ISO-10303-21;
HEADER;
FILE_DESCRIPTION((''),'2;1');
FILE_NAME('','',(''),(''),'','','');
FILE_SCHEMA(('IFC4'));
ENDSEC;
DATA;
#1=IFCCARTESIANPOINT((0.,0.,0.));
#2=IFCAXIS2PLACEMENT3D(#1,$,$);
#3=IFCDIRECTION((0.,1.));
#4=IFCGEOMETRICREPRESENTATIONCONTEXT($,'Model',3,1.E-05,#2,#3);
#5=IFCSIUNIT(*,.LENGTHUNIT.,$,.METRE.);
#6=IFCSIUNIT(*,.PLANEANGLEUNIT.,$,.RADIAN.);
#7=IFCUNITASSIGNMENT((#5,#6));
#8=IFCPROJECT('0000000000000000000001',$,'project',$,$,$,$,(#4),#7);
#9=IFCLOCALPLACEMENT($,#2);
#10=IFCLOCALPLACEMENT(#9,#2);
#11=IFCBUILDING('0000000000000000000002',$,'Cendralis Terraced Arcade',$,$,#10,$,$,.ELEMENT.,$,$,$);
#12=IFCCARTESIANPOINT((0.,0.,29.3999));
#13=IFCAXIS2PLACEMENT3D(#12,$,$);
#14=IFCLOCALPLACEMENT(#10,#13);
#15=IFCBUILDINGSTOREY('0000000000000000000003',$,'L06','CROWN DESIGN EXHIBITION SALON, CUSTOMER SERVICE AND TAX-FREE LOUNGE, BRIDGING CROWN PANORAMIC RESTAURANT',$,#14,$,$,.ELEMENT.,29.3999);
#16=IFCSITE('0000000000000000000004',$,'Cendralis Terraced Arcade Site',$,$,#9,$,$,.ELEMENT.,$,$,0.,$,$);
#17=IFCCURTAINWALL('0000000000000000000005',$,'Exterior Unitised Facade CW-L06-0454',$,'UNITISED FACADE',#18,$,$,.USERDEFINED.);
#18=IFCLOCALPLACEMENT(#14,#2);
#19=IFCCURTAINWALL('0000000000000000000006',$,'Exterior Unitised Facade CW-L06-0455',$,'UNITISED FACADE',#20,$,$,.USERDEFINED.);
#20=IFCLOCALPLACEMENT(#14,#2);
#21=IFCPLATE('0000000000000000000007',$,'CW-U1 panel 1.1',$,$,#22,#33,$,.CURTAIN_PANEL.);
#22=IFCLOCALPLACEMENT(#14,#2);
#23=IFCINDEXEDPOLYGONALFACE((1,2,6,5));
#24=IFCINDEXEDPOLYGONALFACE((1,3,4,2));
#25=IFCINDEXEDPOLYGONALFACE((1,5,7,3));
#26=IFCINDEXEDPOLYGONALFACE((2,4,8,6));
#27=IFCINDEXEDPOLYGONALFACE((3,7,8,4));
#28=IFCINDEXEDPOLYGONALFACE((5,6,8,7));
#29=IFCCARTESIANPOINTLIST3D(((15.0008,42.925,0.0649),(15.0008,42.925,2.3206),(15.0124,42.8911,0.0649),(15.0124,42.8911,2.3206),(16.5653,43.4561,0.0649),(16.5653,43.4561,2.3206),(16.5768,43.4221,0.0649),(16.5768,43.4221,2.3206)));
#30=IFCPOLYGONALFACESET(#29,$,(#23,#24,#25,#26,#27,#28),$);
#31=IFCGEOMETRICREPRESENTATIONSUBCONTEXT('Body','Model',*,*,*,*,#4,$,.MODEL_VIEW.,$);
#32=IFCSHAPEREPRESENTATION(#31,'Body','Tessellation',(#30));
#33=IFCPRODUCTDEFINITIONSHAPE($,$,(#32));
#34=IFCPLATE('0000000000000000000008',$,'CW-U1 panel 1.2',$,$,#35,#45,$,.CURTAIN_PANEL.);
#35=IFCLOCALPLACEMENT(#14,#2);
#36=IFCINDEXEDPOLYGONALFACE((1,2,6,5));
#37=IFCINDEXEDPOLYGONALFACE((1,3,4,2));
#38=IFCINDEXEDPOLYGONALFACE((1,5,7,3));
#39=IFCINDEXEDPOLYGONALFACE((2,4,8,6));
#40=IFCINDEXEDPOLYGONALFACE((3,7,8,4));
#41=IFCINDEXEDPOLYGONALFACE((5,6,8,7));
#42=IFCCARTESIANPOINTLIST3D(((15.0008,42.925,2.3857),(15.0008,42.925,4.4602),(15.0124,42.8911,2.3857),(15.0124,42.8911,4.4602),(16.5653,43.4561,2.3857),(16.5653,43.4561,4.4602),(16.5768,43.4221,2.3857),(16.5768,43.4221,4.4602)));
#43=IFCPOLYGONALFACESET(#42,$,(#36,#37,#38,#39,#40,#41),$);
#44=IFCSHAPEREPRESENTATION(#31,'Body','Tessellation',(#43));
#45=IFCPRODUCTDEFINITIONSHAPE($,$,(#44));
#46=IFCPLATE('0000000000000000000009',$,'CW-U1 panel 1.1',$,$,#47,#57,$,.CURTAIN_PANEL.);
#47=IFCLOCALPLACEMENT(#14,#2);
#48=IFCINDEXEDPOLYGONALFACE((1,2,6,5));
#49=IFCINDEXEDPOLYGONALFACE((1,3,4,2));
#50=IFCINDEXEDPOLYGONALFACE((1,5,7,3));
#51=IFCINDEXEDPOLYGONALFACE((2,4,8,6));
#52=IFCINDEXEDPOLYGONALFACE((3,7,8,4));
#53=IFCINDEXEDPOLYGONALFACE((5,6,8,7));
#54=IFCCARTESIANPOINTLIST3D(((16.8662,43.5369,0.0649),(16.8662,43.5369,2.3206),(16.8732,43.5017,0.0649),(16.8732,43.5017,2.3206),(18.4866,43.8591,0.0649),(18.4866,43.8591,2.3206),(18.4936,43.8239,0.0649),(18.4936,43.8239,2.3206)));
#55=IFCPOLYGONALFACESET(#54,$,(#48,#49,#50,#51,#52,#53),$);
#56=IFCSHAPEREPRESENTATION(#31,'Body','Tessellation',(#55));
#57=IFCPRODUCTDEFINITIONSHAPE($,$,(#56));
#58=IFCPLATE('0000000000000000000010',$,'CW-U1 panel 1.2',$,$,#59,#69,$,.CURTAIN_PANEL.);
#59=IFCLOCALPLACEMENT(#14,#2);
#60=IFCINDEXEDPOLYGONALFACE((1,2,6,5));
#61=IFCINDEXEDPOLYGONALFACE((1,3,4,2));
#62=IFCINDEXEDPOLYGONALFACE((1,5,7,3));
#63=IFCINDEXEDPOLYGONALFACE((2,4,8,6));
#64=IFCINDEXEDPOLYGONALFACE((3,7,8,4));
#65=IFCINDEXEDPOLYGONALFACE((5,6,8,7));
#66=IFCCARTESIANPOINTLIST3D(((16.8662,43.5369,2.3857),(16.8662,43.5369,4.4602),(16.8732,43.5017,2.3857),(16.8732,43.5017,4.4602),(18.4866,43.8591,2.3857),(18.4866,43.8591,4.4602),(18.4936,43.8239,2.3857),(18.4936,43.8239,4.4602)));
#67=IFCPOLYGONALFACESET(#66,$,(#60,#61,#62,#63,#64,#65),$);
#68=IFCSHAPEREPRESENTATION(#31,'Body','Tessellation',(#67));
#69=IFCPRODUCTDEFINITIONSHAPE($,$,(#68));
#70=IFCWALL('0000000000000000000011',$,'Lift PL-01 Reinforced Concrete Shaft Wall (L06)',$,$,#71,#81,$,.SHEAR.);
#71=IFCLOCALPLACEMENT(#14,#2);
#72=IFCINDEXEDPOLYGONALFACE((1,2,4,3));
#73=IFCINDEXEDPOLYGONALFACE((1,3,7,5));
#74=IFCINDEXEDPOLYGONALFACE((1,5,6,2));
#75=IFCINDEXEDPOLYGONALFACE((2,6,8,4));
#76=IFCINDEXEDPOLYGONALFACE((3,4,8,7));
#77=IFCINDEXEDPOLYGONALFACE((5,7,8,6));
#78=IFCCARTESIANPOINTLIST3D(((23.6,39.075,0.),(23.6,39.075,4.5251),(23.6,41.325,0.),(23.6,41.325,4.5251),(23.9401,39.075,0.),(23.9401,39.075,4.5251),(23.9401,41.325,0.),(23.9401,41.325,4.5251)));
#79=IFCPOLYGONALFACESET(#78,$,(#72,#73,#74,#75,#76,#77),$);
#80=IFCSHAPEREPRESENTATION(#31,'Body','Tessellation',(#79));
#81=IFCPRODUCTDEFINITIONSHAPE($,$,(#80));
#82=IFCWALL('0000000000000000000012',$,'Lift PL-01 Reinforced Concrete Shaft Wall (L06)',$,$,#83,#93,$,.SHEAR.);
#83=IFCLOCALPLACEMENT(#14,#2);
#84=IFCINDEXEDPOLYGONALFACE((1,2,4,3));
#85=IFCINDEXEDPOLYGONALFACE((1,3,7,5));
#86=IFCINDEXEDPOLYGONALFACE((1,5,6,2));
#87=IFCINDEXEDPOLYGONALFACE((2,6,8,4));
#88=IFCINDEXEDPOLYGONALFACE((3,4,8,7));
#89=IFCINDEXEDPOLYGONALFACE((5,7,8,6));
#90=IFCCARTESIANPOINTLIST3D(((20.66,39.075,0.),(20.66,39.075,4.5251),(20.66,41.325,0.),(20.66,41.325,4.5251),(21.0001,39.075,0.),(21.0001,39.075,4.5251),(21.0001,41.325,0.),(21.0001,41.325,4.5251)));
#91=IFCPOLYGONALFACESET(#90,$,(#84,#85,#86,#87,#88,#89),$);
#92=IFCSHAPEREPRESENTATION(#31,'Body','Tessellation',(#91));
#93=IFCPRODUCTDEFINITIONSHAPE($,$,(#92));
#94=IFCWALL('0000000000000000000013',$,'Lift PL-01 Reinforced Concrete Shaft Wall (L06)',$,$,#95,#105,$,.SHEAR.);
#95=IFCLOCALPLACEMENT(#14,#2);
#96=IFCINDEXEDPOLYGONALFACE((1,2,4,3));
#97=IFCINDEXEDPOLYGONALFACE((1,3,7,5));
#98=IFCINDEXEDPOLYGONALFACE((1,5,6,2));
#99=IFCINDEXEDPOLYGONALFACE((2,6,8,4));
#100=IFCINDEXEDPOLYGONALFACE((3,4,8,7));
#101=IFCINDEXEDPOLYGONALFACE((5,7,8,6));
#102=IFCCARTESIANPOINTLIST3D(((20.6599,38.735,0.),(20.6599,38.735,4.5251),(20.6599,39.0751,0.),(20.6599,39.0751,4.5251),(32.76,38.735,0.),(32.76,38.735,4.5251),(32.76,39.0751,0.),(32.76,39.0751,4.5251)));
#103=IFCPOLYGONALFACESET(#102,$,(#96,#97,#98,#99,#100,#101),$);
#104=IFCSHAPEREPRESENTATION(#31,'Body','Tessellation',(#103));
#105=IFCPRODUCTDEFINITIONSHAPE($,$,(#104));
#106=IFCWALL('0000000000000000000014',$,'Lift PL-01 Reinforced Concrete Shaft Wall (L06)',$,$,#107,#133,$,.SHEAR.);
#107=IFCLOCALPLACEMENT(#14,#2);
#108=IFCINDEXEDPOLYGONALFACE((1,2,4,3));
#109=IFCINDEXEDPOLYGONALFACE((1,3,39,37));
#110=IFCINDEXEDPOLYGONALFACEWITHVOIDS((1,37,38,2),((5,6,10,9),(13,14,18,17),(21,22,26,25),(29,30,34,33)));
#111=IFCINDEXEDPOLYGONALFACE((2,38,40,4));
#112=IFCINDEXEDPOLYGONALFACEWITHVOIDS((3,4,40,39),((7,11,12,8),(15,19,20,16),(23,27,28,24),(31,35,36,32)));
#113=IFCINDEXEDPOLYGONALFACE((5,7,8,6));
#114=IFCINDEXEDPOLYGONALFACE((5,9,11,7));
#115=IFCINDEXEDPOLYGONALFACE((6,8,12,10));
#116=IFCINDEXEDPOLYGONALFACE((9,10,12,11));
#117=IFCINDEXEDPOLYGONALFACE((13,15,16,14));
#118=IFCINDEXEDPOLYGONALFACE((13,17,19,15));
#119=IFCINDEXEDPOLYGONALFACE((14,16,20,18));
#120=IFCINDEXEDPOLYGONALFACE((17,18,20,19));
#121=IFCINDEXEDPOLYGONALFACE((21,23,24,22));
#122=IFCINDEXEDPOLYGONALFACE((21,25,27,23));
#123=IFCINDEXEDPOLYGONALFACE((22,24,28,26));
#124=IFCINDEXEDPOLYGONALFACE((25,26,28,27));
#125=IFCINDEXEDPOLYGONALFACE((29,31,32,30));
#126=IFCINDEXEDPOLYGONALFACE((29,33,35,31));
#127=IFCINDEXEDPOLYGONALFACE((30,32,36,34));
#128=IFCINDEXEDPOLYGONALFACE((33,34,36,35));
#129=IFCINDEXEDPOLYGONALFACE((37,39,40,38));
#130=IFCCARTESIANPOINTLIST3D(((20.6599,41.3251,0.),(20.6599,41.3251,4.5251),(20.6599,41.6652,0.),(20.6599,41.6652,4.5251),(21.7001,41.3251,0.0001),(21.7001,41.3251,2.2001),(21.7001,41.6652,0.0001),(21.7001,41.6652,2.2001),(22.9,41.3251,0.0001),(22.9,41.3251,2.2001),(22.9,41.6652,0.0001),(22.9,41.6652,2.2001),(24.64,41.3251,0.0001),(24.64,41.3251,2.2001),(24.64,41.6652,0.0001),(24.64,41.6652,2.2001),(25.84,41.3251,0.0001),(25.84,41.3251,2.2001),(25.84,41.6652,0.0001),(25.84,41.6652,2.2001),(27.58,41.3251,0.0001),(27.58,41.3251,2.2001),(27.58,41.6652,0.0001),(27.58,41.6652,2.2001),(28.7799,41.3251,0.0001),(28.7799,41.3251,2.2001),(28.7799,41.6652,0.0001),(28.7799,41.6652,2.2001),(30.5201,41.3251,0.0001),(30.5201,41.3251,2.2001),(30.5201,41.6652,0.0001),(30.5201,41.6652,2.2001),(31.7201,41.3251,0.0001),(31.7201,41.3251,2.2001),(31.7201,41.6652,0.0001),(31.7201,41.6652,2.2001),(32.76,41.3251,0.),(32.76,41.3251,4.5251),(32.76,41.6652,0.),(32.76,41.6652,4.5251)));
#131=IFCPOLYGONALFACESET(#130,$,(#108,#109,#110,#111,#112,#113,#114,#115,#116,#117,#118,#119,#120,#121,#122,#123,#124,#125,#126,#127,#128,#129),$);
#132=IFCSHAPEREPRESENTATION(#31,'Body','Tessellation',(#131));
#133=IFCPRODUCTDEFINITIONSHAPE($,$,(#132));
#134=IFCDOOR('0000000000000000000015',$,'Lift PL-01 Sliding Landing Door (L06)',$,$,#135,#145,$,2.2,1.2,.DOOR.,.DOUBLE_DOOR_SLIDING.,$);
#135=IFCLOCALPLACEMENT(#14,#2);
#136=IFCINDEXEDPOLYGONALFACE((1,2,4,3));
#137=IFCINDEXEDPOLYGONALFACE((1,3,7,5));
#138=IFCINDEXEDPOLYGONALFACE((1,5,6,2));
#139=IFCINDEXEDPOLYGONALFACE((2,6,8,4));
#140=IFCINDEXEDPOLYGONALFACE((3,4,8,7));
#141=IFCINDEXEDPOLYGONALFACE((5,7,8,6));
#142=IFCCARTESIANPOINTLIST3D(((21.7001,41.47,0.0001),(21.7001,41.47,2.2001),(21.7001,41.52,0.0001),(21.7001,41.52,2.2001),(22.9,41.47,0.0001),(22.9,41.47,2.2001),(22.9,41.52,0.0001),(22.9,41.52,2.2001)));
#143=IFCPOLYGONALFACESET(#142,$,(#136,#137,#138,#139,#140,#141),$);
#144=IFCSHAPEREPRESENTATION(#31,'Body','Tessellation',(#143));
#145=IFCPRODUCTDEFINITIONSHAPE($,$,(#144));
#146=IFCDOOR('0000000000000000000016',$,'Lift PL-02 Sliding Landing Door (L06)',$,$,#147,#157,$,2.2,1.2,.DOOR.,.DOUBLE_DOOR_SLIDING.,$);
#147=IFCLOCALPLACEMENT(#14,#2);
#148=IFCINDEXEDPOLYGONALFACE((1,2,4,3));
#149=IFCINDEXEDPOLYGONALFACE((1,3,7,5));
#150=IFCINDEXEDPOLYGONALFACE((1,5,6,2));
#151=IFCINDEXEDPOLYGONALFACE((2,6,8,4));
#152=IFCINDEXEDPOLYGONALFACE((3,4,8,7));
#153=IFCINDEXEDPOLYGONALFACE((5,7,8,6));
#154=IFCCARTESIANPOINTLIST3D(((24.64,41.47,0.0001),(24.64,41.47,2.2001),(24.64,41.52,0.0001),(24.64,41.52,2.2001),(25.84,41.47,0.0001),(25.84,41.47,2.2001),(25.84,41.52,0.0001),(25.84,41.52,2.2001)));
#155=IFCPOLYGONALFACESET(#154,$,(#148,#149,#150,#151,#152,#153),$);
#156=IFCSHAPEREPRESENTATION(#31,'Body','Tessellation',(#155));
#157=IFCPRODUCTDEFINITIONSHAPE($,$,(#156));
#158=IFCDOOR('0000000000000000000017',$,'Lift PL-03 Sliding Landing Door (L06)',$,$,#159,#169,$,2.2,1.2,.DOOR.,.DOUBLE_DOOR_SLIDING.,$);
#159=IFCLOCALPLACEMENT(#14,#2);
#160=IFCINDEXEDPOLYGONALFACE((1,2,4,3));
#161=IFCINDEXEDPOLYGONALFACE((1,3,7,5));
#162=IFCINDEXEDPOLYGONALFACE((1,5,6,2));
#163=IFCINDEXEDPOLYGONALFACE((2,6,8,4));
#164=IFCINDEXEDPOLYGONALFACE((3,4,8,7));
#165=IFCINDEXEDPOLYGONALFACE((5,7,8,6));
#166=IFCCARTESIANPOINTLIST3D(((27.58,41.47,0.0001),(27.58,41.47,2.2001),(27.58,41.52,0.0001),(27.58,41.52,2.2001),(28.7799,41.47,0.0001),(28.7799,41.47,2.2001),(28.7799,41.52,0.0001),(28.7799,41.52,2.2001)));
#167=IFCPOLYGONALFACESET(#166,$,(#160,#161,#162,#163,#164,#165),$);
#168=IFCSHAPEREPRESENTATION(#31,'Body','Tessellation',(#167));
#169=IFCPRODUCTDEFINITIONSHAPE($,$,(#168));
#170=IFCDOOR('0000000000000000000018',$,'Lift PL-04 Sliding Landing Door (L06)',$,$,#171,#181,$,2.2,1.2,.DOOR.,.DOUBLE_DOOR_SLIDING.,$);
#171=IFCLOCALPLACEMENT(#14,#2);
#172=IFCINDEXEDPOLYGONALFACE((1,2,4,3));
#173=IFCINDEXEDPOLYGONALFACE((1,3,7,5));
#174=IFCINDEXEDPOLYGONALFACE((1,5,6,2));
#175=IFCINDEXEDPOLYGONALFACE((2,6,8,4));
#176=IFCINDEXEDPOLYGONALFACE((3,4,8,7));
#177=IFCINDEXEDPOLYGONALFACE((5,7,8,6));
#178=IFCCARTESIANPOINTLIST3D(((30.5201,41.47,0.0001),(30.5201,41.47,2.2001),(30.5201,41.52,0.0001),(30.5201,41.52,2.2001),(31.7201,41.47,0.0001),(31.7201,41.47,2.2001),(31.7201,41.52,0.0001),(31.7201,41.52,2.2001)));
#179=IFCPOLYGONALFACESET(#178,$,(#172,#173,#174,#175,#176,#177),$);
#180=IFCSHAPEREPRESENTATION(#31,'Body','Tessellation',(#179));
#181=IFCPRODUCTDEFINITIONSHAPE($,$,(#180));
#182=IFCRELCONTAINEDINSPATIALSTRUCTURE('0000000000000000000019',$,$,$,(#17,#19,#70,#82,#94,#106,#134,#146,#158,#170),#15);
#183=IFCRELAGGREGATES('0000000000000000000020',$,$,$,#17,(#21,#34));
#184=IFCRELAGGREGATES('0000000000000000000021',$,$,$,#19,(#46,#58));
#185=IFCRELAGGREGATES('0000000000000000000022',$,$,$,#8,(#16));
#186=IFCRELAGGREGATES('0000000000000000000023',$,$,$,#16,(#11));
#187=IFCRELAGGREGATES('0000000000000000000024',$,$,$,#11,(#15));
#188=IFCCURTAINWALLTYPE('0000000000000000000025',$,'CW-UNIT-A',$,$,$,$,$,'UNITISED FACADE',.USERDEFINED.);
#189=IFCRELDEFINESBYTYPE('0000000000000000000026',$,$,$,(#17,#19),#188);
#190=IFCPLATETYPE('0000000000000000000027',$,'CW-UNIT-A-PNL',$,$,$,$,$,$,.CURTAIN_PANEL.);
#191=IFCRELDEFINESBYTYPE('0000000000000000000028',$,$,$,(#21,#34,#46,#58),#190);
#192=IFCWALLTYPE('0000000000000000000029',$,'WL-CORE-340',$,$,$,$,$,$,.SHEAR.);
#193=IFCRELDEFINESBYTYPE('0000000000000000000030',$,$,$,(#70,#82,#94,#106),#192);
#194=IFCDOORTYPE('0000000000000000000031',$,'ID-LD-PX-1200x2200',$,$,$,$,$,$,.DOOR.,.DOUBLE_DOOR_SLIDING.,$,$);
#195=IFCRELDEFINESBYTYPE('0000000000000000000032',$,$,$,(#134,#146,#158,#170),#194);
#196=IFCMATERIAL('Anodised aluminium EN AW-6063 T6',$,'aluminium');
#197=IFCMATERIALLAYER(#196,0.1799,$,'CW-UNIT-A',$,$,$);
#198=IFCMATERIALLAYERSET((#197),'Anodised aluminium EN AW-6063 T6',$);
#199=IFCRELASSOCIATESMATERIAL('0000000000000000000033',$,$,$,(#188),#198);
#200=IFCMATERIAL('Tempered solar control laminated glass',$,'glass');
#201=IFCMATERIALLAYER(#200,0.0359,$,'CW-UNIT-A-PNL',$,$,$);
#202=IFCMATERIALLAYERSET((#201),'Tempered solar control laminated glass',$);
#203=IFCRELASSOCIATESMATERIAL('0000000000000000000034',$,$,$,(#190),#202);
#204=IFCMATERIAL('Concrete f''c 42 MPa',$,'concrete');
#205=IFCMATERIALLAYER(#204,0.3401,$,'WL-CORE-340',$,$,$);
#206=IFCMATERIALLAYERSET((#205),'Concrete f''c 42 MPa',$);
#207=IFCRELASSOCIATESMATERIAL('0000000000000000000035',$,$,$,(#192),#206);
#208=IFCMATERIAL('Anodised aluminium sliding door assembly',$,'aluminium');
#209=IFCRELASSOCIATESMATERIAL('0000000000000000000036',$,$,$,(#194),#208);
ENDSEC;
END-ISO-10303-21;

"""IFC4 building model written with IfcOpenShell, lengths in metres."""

from ifc_helpers import new_model, si_unit, direction, frame, frame_2d, origin, origin_2d, place, context, subcontext, project, spatial, rectangle, extrude, material, layer, layer_set, type_object, element, fill, aggregate, save


model = new_model("IFC4")

# Units and contexts
model_context = context("Model", 3, precision=1e-05, world=origin(), true_north=direction((0.0, 1.0)))
body_context = subcontext(model_context, "Body", "Model", "MODEL_VIEW")
ifc_project = project(units=[si_unit("LENGTHUNIT", "METRE"), si_unit("PLANEANGLEUNIT", "RADIAN")], contexts=[model_context])

# Site, building, storey
site_placement = place(None, origin())
site = spatial("IfcSite", under=ifc_project, at=site_placement, Name="Cendralis Terraced Arcade Site", CompositionType="ELEMENT", RefElevation=0.0)
building_placement = place(site_placement, origin())
building = spatial("IfcBuilding", under=site, at=building_placement, Name="Cendralis Terraced Arcade", CompositionType="ELEMENT")
storey_placement = place(building_placement, frame((0.0, 0.0, 29.3999)))
storey = spatial("IfcBuildingStorey", under=building, at=storey_placement, Name="L06", Description="CROWN DESIGN EXHIBITION SALON, CUSTOMER SERVICE AND TAX-FREE LOUNGE, BRIDGING CROWN PANORAMIC RESTAURANT", CompositionType="ELEMENT", Elevation=29.3999)

# Shared definitions
ifc_material_1 = material(Name="Anodised aluminium EN AW-6063 T6", Category="aluminium")
ifc_layer_1 = layer(ifc_material_1, 0.1799, Name="CW-UNIT-A")
ifc_layer_set_1 = layer_set([ifc_layer_1], Name="Anodised aluminium EN AW-6063 T6")
curtain_wall_type = type_object("IfcCurtainWallType", Name="CW-UNIT-A", ElementType="UNITISED FACADE", PredefinedType="USERDEFINED", material=ifc_layer_set_1)

# Curtain walls
curtain_wall_1_placement = place(storey_placement, origin())
curtain_wall_1 = element("IfcCurtainWall", 1, at=curtain_wall_1_placement, inside=storey, type_object=curtain_wall_type, Name="Exterior Unitised Facade CW-L06-0454", ObjectType="UNITISED FACADE", PredefinedType="USERDEFINED")
curtain_wall_2_placement = place(storey_placement, origin())
curtain_wall_2 = element("IfcCurtainWall", 2, at=curtain_wall_2_placement, inside=storey, type_object=curtain_wall_type, Name="Exterior Unitised Facade CW-L06-0455", ObjectType="UNITISED FACADE", PredefinedType="USERDEFINED")

# Plates
ifc_material_2 = material(Name="Tempered solar control laminated glass", Category="glass")
ifc_layer_2 = layer(ifc_material_2, 0.0359, Name="CW-UNIT-A-PNL")
ifc_layer_set_2 = layer_set([ifc_layer_2], Name="Tempered solar control laminated glass")
plate_type = type_object("IfcPlateType", Name="CW-UNIT-A-PNL", PredefinedType="CURTAIN_PANEL", material=ifc_layer_set_2)
plate_1_placement = place(storey_placement, frame((15.7888, 43.1736, 0.0649), z_axis=(0.0, 0.0, 1.0), x_axis=(0.946924, 0.321458, 0.0)))
plate_1 = element("IfcPlate", 3, at=plate_1_placement, type_object=plate_type, Name="CW-U1 panel 1.1", PredefinedType="CURTAIN_PANEL", context=body_context, shape_type="SweptSolid", body=[
    extrude(rectangle(XDim=1.6521, YDim=0.0359, at=origin_2d()), origin(), (0.0, 0.0, 1.0), 2.2556),
])
plate_2_placement = place(storey_placement, frame((15.7888, 43.1736, 2.3857), z_axis=(0.0, 0.0, 1.0), x_axis=(0.946924, 0.321458, 0.0)))
plate_2 = element("IfcPlate", 4, at=plate_2_placement, type_object=plate_type, Name="CW-U1 panel 1.2", PredefinedType="CURTAIN_PANEL", context=body_context, shape_type="SweptSolid", body=[
    extrude(rectangle(XDim=1.6521, YDim=0.0359, at=origin_2d()), origin(), (0.0, 0.0, 1.0), 2.0745),
])
aggregate(curtain_wall_1, [plate_1, plate_2])
plate_3_placement = place(storey_placement, frame((17.6799, 43.6804, 0.0649), z_axis=(0.0, 0.0, 1.0), x_axis=(0.980792, 0.195058, 0.0)))
plate_3 = element("IfcPlate", 5, at=plate_3_placement, type_object=plate_type, Name="CW-U1 panel 1.1", PredefinedType="CURTAIN_PANEL", context=body_context, shape_type="SweptSolid", body=[
    extrude(rectangle(XDim=1.6521, YDim=0.0359, at=origin_2d()), origin(), (0.0, 0.0, 1.0), 2.2556),
])
plate_4_placement = place(storey_placement, frame((17.6799, 43.6804, 2.3857), z_axis=(0.0, 0.0, 1.0), x_axis=(0.980792, 0.195058, 0.0)))
plate_4 = element("IfcPlate", 6, at=plate_4_placement, type_object=plate_type, Name="CW-U1 panel 1.2", PredefinedType="CURTAIN_PANEL", context=body_context, shape_type="SweptSolid", body=[
    extrude(rectangle(XDim=1.6521, YDim=0.0359, at=origin_2d()), origin(), (0.0, 0.0, 1.0), 2.0745),
])
aggregate(curtain_wall_2, [plate_3, plate_4])

# Walls
ifc_material_3 = material(Name="Concrete f'c 42 MPa", Category="concrete")
ifc_layer_3 = layer(ifc_material_3, 0.3401, Name="WL-CORE-340")
ifc_layer_set_3 = layer_set([ifc_layer_3], Name="Concrete f'c 42 MPa")
wall_type_1 = type_object("IfcWallType", Name="WL-CORE-340", PredefinedType="SHEAR", material=ifc_layer_set_3)
for number, where, z_axis, x_axis, name in (
    (7, (23.77, 39.075, 0.0), (0.0, 0.0, 1.0), (0.0, 1.0, 0.0), "Lift PL-01 Reinforced Concrete Shaft Wall (L06)"),
    (8, (20.8301, 39.075, 0.0), (0.0, 0.0, 1.0), (0.0, 1.0, 0.0), "Lift PL-01 Reinforced Concrete Shaft Wall (L06)"),
):
    element("IfcWall", number, at=place(storey_placement, frame(where, z_axis=z_axis, x_axis=x_axis)), inside=storey, type_object=wall_type_1, Name=name, PredefinedType="SHEAR", context=body_context, shape_type="SweptSolid", body=[
        extrude(rectangle(XDim=2.25, YDim=0.3401, at=frame_2d((1.125, 0.0))), origin(), (0.0, 0.0, 1.0), 4.5251),
    ])
wall_1_placement = place(storey_placement, frame((20.6599, 38.905, 0.0), z_axis=(0.0, 0.0, 1.0), x_axis=(1.0, 0.0, 0.0)))
element("IfcWall", 9, at=wall_1_placement, inside=storey, type_object=wall_type_1, Name="Lift PL-01 Reinforced Concrete Shaft Wall (L06)", PredefinedType="SHEAR", context=body_context, shape_type="SweptSolid", body=[
    extrude(rectangle(XDim=12.1001, YDim=0.3401, at=frame_2d((6.05, 0.0))), origin(), (0.0, 0.0, 1.0), 4.5251),
])

# Wall, openings, doors
wall_2_placement = place(storey_placement, frame((20.6599, 41.4951, 0.0), z_axis=(0.0, 0.0, 1.0), x_axis=(1.0, 0.0, 0.0)))
wall_2 = element("IfcWall", 10, at=wall_2_placement, inside=storey, type_object=wall_type_1, Name="Lift PL-01 Reinforced Concrete Shaft Wall (L06)", PredefinedType="SHEAR", context=body_context, shape_type="SweptSolid", body=[
    extrude(rectangle(XDim=12.1001, YDim=0.3401, at=frame_2d((6.05, 0.0))), origin(), (0.0, 0.0, 1.0), 4.5251),
])
opening_1_placement = place(wall_2_placement, frame((1.04, 0.0, 0.0)))
opening_1 = element("IfcOpeningElement", 11, at=opening_1_placement, cuts=wall_2, PredefinedType="OPENING", context=body_context, shape_type="SweptSolid", body=[
    extrude(rectangle(XDim=1.2, YDim=2.2, at=frame_2d((0.6001, 1.1001))), frame((0.0, 0.1821, 0.0), z_axis=(0.0, -1.0, 0.0), x_axis=(1.0, 0.0, 0.0)), (0.0, 0.0, 1.0), 0.364),
])
opening_2_placement = place(wall_2_placement, frame((3.98, 0.0, 0.0)))
opening_2 = element("IfcOpeningElement", 12, at=opening_2_placement, cuts=wall_2, PredefinedType="OPENING", context=body_context, shape_type="SweptSolid", body=[
    extrude(rectangle(XDim=1.2, YDim=2.2, at=frame_2d((0.6001, 1.1001))), frame((0.0, 0.1821, 0.0), z_axis=(0.0, -1.0, 0.0), x_axis=(1.0, 0.0, 0.0)), (0.0, 0.0, 1.0), 0.364),
])
opening_3_placement = place(wall_2_placement, frame((6.9199, 0.0, 0.0)))
opening_3 = element("IfcOpeningElement", 13, at=opening_3_placement, cuts=wall_2, PredefinedType="OPENING", context=body_context, shape_type="SweptSolid", body=[
    extrude(rectangle(XDim=1.2, YDim=2.2, at=frame_2d((0.6001, 1.1001))), frame((0.0, 0.1821, 0.0), z_axis=(0.0, -1.0, 0.0), x_axis=(1.0, 0.0, 0.0)), (0.0, 0.0, 1.0), 0.364),
])
opening_4_placement = place(wall_2_placement, frame((9.8601, 0.0, 0.0)))
opening_4 = element("IfcOpeningElement", 14, at=opening_4_placement, cuts=wall_2, PredefinedType="OPENING", context=body_context, shape_type="SweptSolid", body=[
    extrude(rectangle(XDim=1.2, YDim=2.2, at=frame_2d((0.6001, 1.1001))), frame((0.0, 0.1821, 0.0), z_axis=(0.0, -1.0, 0.0), x_axis=(1.0, 0.0, 0.0)), (0.0, 0.0, 1.0), 0.364),
])
ifc_material_4 = material(Name="Anodised aluminium sliding door assembly", Category="aluminium")
door_type_1 = type_object("IfcDoorType", Name="ID-LD-PX-1200x2200", OperationType="DOUBLE_DOOR_SLIDING", PredefinedType="DOOR", material=ifc_material_4)
door_1_placement = place(opening_1_placement, origin())
door_1 = element("IfcDoor", 15, at=door_1_placement, inside=storey, type_object=door_type_1, Name="Lift PL-01 Sliding Landing Door (L06)", OperationType="DOUBLE_DOOR_SLIDING", OverallHeight=2.2, OverallWidth=1.2, PredefinedType="DOOR", context=body_context, shape_type="SweptSolid", body=[
    extrude(rectangle(XDim=1.2, YDim=2.2, at=frame_2d((0.6001, 1.1001))), frame((0.0, 0.0249, 0.0), z_axis=(0.0, -1.0, 0.0), x_axis=(1.0, 0.0, 0.0)), (0.0, 0.0, 1.0), 0.05),
])
fill(opening_1, door_1)
door_2_placement = place(opening_2_placement, origin())
door_2 = element("IfcDoor", 16, at=door_2_placement, inside=storey, type_object=door_type_1, Name="Lift PL-02 Sliding Landing Door (L06)", OperationType="DOUBLE_DOOR_SLIDING", OverallHeight=2.2, OverallWidth=1.2, PredefinedType="DOOR", context=body_context, shape_type="SweptSolid", body=[
    extrude(rectangle(XDim=1.2, YDim=2.2, at=frame_2d((0.6001, 1.1001))), frame((0.0, 0.0249, 0.0), z_axis=(0.0, -1.0, 0.0), x_axis=(1.0, 0.0, 0.0)), (0.0, 0.0, 1.0), 0.05),
])
fill(opening_2, door_2)
door_3_placement = place(opening_3_placement, origin())
door_3 = element("IfcDoor", 17, at=door_3_placement, inside=storey, type_object=door_type_1, Name="Lift PL-03 Sliding Landing Door (L06)", OperationType="DOUBLE_DOOR_SLIDING", OverallHeight=2.2, OverallWidth=1.2, PredefinedType="DOOR", context=body_context, shape_type="SweptSolid", body=[
    extrude(rectangle(XDim=1.2, YDim=2.2, at=frame_2d((0.6001, 1.1001))), frame((0.0, 0.0249, 0.0), z_axis=(0.0, -1.0, 0.0), x_axis=(1.0, 0.0, 0.0)), (0.0, 0.0, 1.0), 0.05),
])
fill(opening_3, door_3)
door_4_placement = place(opening_4_placement, origin())
door_4 = element("IfcDoor", 18, at=door_4_placement, inside=storey, type_object=door_type_1, Name="Lift PL-04 Sliding Landing Door (L06)", OperationType="DOUBLE_DOOR_SLIDING", OverallHeight=2.2, OverallWidth=1.2, PredefinedType="DOOR", context=body_context, shape_type="SweptSolid", body=[
    extrude(rectangle(XDim=1.2, YDim=2.2, at=frame_2d((0.6001, 1.1001))), frame((0.0, 0.0249, 0.0), z_axis=(0.0, -1.0, 0.0), x_axis=(1.0, 0.0, 0.0)), (0.0, 0.0, 1.0), 0.05),
])
fill(opening_4, door_4)

save(model, "model.ifc")
